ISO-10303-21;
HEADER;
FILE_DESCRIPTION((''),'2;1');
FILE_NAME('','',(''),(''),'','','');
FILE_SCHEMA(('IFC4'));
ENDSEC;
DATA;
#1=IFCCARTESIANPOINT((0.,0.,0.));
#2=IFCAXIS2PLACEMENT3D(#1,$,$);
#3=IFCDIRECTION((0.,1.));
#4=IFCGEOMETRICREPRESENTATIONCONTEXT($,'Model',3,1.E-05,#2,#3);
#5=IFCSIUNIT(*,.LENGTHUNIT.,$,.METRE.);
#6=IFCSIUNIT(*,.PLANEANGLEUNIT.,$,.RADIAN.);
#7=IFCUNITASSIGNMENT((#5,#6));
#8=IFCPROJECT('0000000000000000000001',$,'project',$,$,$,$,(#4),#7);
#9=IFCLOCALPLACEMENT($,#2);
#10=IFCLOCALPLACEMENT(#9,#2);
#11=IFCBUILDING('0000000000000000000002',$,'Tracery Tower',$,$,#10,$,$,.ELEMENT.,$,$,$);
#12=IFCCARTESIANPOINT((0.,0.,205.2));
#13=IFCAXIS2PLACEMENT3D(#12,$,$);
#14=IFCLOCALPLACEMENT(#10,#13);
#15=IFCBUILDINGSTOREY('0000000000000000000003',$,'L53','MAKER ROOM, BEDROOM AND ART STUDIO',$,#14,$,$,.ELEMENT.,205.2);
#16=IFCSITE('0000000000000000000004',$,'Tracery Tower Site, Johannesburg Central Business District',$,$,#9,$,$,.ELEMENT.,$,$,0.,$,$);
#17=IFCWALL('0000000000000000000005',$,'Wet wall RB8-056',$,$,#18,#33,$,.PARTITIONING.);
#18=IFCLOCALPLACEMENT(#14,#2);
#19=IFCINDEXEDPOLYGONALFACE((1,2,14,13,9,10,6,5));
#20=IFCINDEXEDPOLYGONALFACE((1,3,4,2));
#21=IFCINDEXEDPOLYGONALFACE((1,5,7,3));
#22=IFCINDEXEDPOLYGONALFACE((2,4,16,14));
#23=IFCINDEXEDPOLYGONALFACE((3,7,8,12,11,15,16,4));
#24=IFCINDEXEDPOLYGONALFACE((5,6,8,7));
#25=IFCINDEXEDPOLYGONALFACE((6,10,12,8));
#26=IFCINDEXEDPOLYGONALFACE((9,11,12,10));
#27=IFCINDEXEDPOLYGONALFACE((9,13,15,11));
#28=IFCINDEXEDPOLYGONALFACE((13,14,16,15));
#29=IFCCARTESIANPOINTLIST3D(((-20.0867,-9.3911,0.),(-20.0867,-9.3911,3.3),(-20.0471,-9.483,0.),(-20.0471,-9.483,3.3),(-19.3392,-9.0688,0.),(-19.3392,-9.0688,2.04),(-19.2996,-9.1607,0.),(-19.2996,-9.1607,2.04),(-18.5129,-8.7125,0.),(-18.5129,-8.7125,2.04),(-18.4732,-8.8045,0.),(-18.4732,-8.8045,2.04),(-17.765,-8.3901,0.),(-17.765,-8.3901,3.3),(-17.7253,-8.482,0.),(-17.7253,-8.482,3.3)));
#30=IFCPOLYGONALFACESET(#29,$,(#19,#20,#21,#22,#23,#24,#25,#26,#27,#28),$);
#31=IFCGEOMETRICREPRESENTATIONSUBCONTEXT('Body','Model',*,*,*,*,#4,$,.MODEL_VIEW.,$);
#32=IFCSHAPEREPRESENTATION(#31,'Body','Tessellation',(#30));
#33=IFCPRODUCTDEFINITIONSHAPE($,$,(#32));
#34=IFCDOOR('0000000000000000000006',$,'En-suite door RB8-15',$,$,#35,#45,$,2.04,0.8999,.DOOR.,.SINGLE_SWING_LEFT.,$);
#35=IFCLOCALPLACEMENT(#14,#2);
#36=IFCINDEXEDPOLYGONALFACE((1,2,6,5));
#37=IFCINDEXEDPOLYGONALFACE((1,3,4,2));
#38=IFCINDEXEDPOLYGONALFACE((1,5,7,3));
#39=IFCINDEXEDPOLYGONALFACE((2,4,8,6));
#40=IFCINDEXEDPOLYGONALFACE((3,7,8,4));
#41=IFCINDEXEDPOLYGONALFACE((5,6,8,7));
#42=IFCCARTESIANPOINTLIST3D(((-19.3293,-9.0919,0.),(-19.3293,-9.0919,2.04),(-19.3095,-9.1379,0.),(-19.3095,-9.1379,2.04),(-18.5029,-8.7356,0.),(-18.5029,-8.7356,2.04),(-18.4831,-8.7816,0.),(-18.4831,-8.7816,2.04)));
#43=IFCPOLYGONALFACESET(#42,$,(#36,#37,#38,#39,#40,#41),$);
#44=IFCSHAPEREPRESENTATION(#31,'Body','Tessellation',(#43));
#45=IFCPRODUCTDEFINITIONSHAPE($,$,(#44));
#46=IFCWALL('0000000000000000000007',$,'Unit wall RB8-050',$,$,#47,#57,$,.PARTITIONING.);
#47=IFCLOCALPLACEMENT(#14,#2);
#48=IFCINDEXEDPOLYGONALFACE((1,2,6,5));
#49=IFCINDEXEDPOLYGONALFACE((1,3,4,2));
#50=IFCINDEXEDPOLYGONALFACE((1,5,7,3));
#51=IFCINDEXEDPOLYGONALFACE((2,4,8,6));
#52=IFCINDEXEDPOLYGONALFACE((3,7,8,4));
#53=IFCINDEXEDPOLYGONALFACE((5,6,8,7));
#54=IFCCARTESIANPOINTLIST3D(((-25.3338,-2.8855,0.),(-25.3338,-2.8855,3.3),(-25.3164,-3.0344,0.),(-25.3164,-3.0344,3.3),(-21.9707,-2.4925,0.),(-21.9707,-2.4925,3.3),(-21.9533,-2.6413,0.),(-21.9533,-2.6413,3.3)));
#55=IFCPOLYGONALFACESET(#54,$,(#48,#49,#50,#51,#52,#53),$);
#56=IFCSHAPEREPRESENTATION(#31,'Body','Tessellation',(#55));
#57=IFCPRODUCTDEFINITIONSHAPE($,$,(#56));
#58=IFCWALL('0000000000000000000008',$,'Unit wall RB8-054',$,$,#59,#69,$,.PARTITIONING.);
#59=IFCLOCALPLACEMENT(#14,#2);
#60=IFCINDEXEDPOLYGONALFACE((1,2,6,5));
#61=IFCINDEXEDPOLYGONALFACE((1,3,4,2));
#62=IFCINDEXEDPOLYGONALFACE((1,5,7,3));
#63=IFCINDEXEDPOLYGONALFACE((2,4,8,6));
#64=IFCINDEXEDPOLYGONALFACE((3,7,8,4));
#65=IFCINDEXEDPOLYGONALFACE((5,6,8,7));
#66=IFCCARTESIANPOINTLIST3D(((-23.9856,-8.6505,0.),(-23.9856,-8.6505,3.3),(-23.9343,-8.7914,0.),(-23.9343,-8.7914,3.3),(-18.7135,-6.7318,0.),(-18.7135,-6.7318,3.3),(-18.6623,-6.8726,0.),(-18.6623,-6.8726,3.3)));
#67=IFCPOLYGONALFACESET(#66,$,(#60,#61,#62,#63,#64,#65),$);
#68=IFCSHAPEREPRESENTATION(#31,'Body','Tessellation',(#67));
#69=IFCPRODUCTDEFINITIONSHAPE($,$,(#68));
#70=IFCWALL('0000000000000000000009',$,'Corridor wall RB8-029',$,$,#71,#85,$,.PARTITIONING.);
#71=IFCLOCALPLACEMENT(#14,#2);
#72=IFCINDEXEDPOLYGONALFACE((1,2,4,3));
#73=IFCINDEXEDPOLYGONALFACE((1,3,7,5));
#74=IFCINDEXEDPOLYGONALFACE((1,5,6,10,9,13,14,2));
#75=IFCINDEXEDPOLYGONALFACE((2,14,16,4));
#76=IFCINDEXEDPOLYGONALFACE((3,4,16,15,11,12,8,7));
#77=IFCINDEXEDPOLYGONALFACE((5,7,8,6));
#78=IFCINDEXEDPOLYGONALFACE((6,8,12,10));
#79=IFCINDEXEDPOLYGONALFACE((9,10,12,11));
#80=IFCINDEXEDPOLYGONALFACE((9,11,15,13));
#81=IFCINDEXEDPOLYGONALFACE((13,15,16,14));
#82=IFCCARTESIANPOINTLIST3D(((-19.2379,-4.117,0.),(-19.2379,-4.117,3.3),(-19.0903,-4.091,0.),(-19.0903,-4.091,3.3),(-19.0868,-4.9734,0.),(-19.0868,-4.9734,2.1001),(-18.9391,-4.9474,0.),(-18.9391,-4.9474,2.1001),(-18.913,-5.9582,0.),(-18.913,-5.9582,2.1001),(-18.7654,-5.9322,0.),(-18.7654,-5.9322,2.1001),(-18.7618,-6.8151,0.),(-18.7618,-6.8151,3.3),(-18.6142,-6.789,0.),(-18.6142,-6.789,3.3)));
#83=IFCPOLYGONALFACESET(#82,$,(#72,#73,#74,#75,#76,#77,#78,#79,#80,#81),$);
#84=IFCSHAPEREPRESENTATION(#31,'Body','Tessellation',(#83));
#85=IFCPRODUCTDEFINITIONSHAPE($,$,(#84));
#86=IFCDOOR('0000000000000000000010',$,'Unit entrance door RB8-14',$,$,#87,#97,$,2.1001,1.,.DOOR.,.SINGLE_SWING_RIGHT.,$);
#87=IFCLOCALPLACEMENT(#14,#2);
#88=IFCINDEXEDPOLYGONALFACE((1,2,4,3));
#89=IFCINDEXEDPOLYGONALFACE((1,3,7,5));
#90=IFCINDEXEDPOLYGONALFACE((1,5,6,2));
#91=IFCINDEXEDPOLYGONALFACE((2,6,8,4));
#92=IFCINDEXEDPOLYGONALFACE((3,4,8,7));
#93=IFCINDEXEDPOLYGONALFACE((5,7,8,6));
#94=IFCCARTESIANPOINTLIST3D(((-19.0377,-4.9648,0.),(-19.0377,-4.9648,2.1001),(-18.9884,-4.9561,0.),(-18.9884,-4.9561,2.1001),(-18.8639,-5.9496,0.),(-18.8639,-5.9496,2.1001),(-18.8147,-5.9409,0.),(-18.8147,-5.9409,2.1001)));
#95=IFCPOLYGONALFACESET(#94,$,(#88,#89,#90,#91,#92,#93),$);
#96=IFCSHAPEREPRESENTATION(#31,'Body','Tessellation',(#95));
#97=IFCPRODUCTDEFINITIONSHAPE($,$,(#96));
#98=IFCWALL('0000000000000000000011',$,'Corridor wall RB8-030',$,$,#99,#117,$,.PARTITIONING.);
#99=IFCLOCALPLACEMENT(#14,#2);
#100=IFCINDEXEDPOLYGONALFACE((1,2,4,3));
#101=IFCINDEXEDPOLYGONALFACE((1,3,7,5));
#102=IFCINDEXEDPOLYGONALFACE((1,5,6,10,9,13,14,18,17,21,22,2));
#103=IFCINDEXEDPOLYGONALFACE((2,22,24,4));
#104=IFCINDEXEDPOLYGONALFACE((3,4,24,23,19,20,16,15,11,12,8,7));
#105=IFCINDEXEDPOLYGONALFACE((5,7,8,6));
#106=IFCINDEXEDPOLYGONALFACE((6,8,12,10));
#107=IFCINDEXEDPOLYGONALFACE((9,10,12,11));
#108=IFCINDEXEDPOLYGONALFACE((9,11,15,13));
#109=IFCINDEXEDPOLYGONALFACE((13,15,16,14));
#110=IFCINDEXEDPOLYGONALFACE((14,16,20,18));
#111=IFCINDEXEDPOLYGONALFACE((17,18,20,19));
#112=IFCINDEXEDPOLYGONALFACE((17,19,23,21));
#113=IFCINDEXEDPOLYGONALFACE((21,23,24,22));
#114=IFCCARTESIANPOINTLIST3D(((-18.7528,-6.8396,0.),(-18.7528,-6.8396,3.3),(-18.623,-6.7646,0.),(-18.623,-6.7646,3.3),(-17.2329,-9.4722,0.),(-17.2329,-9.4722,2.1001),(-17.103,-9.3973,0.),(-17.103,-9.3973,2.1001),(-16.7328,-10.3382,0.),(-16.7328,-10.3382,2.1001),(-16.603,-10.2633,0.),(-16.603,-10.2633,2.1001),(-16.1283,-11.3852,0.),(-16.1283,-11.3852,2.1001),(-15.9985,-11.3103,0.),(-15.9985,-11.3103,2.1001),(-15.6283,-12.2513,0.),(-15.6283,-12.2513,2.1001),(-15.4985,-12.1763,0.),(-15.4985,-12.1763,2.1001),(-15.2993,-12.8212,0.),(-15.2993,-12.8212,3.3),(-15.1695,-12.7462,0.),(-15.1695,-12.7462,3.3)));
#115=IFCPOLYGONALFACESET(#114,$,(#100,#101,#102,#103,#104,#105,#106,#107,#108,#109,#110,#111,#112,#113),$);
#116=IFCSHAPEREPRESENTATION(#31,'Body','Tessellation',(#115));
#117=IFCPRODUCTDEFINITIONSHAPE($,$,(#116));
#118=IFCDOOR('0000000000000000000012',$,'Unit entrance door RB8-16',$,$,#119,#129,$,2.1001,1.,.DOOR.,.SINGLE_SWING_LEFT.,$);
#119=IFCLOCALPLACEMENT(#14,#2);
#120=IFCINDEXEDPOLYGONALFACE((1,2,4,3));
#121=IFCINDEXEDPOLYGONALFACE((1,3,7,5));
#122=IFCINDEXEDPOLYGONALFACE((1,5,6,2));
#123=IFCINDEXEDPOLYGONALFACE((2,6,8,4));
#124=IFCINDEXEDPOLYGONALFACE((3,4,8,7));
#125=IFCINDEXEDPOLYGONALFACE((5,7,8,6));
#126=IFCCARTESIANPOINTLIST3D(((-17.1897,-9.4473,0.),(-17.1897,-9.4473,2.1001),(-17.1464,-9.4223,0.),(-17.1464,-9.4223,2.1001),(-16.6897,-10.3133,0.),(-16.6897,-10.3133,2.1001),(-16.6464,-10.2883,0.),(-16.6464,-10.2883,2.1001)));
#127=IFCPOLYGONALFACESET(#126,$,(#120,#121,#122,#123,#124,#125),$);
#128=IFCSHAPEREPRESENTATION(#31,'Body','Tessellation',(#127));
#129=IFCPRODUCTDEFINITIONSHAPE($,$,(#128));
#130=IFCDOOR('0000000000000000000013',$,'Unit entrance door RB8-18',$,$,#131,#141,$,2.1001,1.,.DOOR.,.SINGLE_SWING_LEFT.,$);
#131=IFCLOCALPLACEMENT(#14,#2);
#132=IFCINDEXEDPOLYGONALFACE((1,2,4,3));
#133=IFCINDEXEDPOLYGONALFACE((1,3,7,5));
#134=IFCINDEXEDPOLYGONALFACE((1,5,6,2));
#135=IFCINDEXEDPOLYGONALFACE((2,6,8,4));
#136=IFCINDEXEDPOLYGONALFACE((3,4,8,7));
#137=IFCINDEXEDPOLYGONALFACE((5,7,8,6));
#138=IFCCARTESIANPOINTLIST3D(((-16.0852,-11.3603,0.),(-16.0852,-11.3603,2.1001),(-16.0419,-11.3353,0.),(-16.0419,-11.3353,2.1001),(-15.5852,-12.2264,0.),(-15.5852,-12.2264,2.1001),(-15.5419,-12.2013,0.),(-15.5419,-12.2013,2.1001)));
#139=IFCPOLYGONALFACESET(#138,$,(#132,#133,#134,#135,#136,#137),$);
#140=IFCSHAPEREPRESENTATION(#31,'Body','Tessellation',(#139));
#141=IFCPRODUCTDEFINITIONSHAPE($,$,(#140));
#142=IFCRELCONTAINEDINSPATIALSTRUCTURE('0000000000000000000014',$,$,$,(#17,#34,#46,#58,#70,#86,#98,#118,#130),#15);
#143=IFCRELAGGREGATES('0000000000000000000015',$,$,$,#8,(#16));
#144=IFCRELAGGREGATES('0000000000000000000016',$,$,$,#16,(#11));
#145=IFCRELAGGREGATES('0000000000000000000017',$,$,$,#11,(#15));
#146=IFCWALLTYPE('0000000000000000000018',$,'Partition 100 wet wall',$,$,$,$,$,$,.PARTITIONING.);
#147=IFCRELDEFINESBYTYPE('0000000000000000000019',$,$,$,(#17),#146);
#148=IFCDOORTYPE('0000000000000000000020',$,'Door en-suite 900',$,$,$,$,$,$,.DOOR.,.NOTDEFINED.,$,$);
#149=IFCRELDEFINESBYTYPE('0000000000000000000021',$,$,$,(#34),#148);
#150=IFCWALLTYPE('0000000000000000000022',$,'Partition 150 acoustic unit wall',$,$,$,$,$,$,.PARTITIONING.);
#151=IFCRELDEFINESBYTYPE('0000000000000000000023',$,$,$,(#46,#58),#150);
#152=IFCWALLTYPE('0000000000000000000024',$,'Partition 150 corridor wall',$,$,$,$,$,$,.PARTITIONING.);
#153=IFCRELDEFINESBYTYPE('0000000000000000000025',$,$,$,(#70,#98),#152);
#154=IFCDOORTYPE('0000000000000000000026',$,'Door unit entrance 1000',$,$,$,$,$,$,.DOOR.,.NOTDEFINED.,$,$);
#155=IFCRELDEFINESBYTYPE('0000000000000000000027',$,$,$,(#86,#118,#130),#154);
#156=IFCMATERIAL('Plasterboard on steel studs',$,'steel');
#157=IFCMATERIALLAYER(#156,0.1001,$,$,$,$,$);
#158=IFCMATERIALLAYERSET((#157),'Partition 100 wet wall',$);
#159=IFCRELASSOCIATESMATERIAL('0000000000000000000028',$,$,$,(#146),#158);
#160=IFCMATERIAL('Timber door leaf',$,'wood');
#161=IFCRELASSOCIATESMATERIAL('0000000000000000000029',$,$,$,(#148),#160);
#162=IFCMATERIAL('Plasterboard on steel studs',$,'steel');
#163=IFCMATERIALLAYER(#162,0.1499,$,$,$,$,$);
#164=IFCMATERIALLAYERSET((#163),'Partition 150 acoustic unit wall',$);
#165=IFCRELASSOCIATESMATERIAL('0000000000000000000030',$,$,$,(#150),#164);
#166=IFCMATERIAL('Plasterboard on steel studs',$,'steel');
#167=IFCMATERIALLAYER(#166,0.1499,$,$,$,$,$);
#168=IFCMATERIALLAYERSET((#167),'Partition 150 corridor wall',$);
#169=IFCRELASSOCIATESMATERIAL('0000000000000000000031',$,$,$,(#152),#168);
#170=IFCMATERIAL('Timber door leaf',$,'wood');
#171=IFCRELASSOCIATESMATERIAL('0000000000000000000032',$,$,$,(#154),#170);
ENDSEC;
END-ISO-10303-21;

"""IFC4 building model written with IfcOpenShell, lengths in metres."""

from ifc_helpers import new_model, si_unit, direction, frame, frame_2d, origin, place, context, subcontext, project, spatial, rectangle, extrude, material, layer, layer_set, type_object, element, fill, save


model = new_model("IFC4")

# Units and contexts
model_context = context("Model", 3, precision=1e-05, world=origin(), true_north=direction((0.0, 1.0)))
body_context = subcontext(model_context, "Body", "Model", "MODEL_VIEW")
ifc_project = project(units=[si_unit("LENGTHUNIT", "METRE"), si_unit("PLANEANGLEUNIT", "RADIAN")], contexts=[model_context])

# Site, building, storey
site_placement = place(None, origin())
site = spatial("IfcSite", under=ifc_project, at=site_placement, Name="Tracery Tower Site, Johannesburg Central Business District", CompositionType="ELEMENT", RefElevation=0.0)
building_placement = place(site_placement, origin())
building = spatial("IfcBuilding", under=site, at=building_placement, Name="Tracery Tower", CompositionType="ELEMENT")
storey_placement = place(building_placement, frame((0.0, 0.0, 205.2)))
storey = spatial("IfcBuildingStorey", under=building, at=storey_placement, Name="L53", Description="MAKER ROOM, BEDROOM AND ART STUDIO", CompositionType="ELEMENT", Elevation=205.2)

# Shared definitions
ifc_material_1 = material(Name="Plasterboard on steel studs", Category="steel")
ifc_layer_1 = layer(ifc_material_1, 0.1001)
ifc_layer_set_1 = layer_set([ifc_layer_1], Name="Partition 100 wet wall")
wall_type_1 = type_object("IfcWallType", Name="Partition 100 wet wall", PredefinedType="PARTITIONING", material=ifc_layer_set_1)
ifc_material_2 = material(Name="Timber door leaf", Category="wood")
door_type_1 = type_object("IfcDoorType", Name="Door en-suite 900", OperationType="NOTDEFINED", PredefinedType="DOOR", material=ifc_material_2)

# Wall, opening, door
wall_1_placement = place(storey_placement, frame((-20.0669, -9.437, 0.0), z_axis=(0.0, 0.0, 1.0), x_axis=(0.918294, 0.3959, 0.0)))
wall_1 = element("IfcWall", 1, at=wall_1_placement, inside=storey, type_object=wall_type_1, Name="Wet wall RB8-056", PredefinedType="PARTITIONING", context=body_context, shape_type="SweptSolid", body=[
    extrude(rectangle(XDim=2.5283, YDim=0.1001, at=frame_2d((1.2642, 0.0))), origin(), (0.0, 0.0, 1.0), 3.3),
])
opening_1_placement = place(wall_1_placement, frame((0.814, 0.0, 0.0)))
opening_1 = element("IfcOpeningElement", 2, at=opening_1_placement, cuts=wall_1, PredefinedType="OPENING", context=body_context, shape_type="SweptSolid", body=[
    extrude(rectangle(XDim=0.8999, YDim=2.04, at=frame_2d((0.45, 1.02))), frame((0.0, 0.05, 0.0), z_axis=(0.0, -1.0, 0.0), x_axis=(1.0, 0.0, 0.0)), (0.0, 0.0, 1.0), 0.1001),
])
door_1_placement = place(opening_1_placement, origin())
door_1 = element("IfcDoor", 3, at=door_1_placement, inside=storey, type_object=door_type_1, Name="En-suite door RB8-15", OperationType="SINGLE_SWING_LEFT", OverallHeight=2.04, OverallWidth=0.8999, PredefinedType="DOOR", context=body_context, shape_type="SweptSolid", body=[
    extrude(rectangle(XDim=0.8999, YDim=2.04, at=frame_2d((0.45, 1.02))), frame((0.0, 0.0249, 0.0), z_axis=(0.0, -1.0, 0.0), x_axis=(1.0, 0.0, 0.0)), (0.0, 0.0, 1.0), 0.05),
])
fill(opening_1, door_1)

# Walls
ifc_material_3 = material(Name="Plasterboard on steel studs", Category="steel")
ifc_layer_2 = layer(ifc_material_3, 0.1499)
ifc_layer_set_2 = layer_set([ifc_layer_2], Name="Partition 150 acoustic unit wall")
wall_type_2 = type_object("IfcWallType", Name="Partition 150 acoustic unit wall", PredefinedType="PARTITIONING", material=ifc_layer_set_2)
wall_2_placement = place(storey_placement, frame((-25.325, -2.96, 0.0), z_axis=(0.0, 0.0, 1.0), x_axis=(0.993239, 0.116088, 0.0)))
element("IfcWall", 4, at=wall_2_placement, inside=storey, type_object=wall_type_2, Name="Unit wall RB8-050", PredefinedType="PARTITIONING", context=body_context, shape_type="SweptSolid", body=[
    extrude(rectangle(XDim=3.386, YDim=0.1499, at=frame_2d((1.6929, 0.0))), origin(), (0.0, 0.0, 1.0), 3.3),
])
wall_3_placement = place(storey_placement, frame((-23.96, -8.7209, 0.0), z_axis=(0.0, 0.0, 1.0), x_axis=(0.939701, 0.341998, 0.0)))
element("IfcWall", 5, at=wall_3_placement, inside=storey, type_object=wall_type_2, Name="Unit wall RB8-054", PredefinedType="PARTITIONING", context=body_context, shape_type="SweptSolid", body=[
    extrude(rectangle(XDim=5.6104, YDim=0.1499, at=frame_2d((2.8052, 0.0))), origin(), (0.0, 0.0, 1.0), 3.3),
])

# Wall, opening, door
ifc_material_4 = material(Name="Plasterboard on steel studs", Category="steel")
ifc_layer_3 = layer(ifc_material_4, 0.1499)
ifc_layer_set_3 = layer_set([ifc_layer_3], Name="Partition 150 corridor wall")
wall_type_3 = type_object("IfcWallType", Name="Partition 150 corridor wall", PredefinedType="PARTITIONING", material=ifc_layer_set_3)
wall_4_placement = place(storey_placement, frame((-19.1641, -4.104, 0.0), z_axis=(0.0, 0.0, 1.0), x_axis=(0.17377, -0.984786, 0.0)))
wall_4 = element("IfcWall", 6, at=wall_4_placement, inside=storey, type_object=wall_type_3, Name="Corridor wall RB8-029", PredefinedType="PARTITIONING", context=body_context, shape_type="SweptSolid", body=[
    extrude(rectangle(XDim=2.7397, YDim=0.1499, at=frame_2d((1.3699, 0.0))), origin(), (0.0, 0.0, 1.0), 3.3),
])
opening_2_placement = place(wall_4_placement, frame((0.8696, 0.0, 0.0)))
opening_2 = element("IfcOpeningElement", 7, at=opening_2_placement, cuts=wall_4, PredefinedType="OPENING", context=body_context, shape_type="SweptSolid", body=[
    extrude(rectangle(XDim=1.0, YDim=2.1001, at=frame_2d((0.5, 1.05))), frame((0.0, 0.075, 0.0), z_axis=(0.0, -1.0, 0.0), x_axis=(1.0, 0.0, 0.0)), (0.0, 0.0, 1.0), 0.1499),
])
ifc_material_5 = material(Name="Timber door leaf", Category="wood")
door_type_2 = type_object("IfcDoorType", Name="Door unit entrance 1000", OperationType="NOTDEFINED", PredefinedType="DOOR", material=ifc_material_5)
door_2_placement = place(opening_2_placement, origin())
door_2 = element("IfcDoor", 8, at=door_2_placement, inside=storey, type_object=door_type_2, Name="Unit entrance door RB8-14", OperationType="SINGLE_SWING_RIGHT", OverallHeight=2.1001, OverallWidth=1.0, PredefinedType="DOOR", context=body_context, shape_type="SweptSolid", body=[
    extrude(rectangle(XDim=1.0, YDim=2.1001, at=frame_2d((0.5, 1.05))), frame((0.0, 0.0249, 0.0), z_axis=(0.0, -1.0, 0.0), x_axis=(1.0, 0.0, 0.0)), (0.0, 0.0, 1.0), 0.05),
])
fill(opening_2, door_2)

# Wall, openings, doors
wall_5_placement = place(storey_placement, frame((-18.688, -6.802, 0.0), z_axis=(0.0, 0.0, 1.0), x_axis=(0.500009, -0.86602, 0.0)))
wall_5 = element("IfcWall", 9, at=wall_5_placement, inside=storey, type_object=wall_type_3, Name="Corridor wall RB8-030", PredefinedType="PARTITIONING", context=body_context, shape_type="SweptSolid", body=[
    extrude(rectangle(XDim=6.907, YDim=0.1499, at=frame_2d((3.4536, 0.0))), origin(), (0.0, 0.0, 1.0), 3.3),
])
opening_3_placement = place(wall_5_placement, frame((3.04, 0.0, 0.0)))
opening_3 = element("IfcOpeningElement", 10, at=opening_3_placement, cuts=wall_5, PredefinedType="OPENING", context=body_context, shape_type="SweptSolid", body=[
    extrude(rectangle(XDim=1.0, YDim=2.1001, at=frame_2d((0.5, 1.05))), frame((0.0, 0.075, 0.0), z_axis=(0.0, -1.0, 0.0), x_axis=(1.0, 0.0, 0.0)), (0.0, 0.0, 1.0), 0.1499),
])
opening_4_placement = place(wall_5_placement, frame((5.249, 0.0, 0.0)))
opening_4 = element("IfcOpeningElement", 11, at=opening_4_placement, cuts=wall_5, PredefinedType="OPENING", context=body_context, shape_type="SweptSolid", body=[
    extrude(rectangle(XDim=1.0, YDim=2.1001, at=frame_2d((0.5, 1.05))), frame((0.0, 0.075, 0.0), z_axis=(0.0, -1.0, 0.0), x_axis=(1.0, 0.0, 0.0)), (0.0, 0.0, 1.0), 0.1499),
])
door_3_placement = place(opening_3_placement, origin())
door_3 = element("IfcDoor", 12, at=door_3_placement, inside=storey, type_object=door_type_2, Name="Unit entrance door RB8-16", OperationType="SINGLE_SWING_LEFT", OverallHeight=2.1001, OverallWidth=1.0, PredefinedType="DOOR", context=body_context, shape_type="SweptSolid", body=[
    extrude(rectangle(XDim=1.0, YDim=2.1001, at=frame_2d((0.5, 1.05))), frame((0.0, 0.0249, 0.0), z_axis=(0.0, -1.0, 0.0), x_axis=(1.0, 0.0, 0.0)), (0.0, 0.0, 1.0), 0.05),
])
fill(opening_3, door_3)
door_4_placement = place(opening_4_placement, origin())
door_4 = element("IfcDoor", 13, at=door_4_placement, inside=storey, type_object=door_type_2, Name="Unit entrance door RB8-18", OperationType="SINGLE_SWING_LEFT", OverallHeight=2.1001, OverallWidth=1.0, PredefinedType="DOOR", context=body_context, shape_type="SweptSolid", body=[
    extrude(rectangle(XDim=1.0, YDim=2.1001, at=frame_2d((0.5, 1.05))), frame((0.0, 0.0249, 0.0), z_axis=(0.0, -1.0, 0.0), x_axis=(1.0, 0.0, 0.0)), (0.0, 0.0, 1.0), 0.05),
])
fill(opening_4, door_4)

save(model, "model.ifc")
